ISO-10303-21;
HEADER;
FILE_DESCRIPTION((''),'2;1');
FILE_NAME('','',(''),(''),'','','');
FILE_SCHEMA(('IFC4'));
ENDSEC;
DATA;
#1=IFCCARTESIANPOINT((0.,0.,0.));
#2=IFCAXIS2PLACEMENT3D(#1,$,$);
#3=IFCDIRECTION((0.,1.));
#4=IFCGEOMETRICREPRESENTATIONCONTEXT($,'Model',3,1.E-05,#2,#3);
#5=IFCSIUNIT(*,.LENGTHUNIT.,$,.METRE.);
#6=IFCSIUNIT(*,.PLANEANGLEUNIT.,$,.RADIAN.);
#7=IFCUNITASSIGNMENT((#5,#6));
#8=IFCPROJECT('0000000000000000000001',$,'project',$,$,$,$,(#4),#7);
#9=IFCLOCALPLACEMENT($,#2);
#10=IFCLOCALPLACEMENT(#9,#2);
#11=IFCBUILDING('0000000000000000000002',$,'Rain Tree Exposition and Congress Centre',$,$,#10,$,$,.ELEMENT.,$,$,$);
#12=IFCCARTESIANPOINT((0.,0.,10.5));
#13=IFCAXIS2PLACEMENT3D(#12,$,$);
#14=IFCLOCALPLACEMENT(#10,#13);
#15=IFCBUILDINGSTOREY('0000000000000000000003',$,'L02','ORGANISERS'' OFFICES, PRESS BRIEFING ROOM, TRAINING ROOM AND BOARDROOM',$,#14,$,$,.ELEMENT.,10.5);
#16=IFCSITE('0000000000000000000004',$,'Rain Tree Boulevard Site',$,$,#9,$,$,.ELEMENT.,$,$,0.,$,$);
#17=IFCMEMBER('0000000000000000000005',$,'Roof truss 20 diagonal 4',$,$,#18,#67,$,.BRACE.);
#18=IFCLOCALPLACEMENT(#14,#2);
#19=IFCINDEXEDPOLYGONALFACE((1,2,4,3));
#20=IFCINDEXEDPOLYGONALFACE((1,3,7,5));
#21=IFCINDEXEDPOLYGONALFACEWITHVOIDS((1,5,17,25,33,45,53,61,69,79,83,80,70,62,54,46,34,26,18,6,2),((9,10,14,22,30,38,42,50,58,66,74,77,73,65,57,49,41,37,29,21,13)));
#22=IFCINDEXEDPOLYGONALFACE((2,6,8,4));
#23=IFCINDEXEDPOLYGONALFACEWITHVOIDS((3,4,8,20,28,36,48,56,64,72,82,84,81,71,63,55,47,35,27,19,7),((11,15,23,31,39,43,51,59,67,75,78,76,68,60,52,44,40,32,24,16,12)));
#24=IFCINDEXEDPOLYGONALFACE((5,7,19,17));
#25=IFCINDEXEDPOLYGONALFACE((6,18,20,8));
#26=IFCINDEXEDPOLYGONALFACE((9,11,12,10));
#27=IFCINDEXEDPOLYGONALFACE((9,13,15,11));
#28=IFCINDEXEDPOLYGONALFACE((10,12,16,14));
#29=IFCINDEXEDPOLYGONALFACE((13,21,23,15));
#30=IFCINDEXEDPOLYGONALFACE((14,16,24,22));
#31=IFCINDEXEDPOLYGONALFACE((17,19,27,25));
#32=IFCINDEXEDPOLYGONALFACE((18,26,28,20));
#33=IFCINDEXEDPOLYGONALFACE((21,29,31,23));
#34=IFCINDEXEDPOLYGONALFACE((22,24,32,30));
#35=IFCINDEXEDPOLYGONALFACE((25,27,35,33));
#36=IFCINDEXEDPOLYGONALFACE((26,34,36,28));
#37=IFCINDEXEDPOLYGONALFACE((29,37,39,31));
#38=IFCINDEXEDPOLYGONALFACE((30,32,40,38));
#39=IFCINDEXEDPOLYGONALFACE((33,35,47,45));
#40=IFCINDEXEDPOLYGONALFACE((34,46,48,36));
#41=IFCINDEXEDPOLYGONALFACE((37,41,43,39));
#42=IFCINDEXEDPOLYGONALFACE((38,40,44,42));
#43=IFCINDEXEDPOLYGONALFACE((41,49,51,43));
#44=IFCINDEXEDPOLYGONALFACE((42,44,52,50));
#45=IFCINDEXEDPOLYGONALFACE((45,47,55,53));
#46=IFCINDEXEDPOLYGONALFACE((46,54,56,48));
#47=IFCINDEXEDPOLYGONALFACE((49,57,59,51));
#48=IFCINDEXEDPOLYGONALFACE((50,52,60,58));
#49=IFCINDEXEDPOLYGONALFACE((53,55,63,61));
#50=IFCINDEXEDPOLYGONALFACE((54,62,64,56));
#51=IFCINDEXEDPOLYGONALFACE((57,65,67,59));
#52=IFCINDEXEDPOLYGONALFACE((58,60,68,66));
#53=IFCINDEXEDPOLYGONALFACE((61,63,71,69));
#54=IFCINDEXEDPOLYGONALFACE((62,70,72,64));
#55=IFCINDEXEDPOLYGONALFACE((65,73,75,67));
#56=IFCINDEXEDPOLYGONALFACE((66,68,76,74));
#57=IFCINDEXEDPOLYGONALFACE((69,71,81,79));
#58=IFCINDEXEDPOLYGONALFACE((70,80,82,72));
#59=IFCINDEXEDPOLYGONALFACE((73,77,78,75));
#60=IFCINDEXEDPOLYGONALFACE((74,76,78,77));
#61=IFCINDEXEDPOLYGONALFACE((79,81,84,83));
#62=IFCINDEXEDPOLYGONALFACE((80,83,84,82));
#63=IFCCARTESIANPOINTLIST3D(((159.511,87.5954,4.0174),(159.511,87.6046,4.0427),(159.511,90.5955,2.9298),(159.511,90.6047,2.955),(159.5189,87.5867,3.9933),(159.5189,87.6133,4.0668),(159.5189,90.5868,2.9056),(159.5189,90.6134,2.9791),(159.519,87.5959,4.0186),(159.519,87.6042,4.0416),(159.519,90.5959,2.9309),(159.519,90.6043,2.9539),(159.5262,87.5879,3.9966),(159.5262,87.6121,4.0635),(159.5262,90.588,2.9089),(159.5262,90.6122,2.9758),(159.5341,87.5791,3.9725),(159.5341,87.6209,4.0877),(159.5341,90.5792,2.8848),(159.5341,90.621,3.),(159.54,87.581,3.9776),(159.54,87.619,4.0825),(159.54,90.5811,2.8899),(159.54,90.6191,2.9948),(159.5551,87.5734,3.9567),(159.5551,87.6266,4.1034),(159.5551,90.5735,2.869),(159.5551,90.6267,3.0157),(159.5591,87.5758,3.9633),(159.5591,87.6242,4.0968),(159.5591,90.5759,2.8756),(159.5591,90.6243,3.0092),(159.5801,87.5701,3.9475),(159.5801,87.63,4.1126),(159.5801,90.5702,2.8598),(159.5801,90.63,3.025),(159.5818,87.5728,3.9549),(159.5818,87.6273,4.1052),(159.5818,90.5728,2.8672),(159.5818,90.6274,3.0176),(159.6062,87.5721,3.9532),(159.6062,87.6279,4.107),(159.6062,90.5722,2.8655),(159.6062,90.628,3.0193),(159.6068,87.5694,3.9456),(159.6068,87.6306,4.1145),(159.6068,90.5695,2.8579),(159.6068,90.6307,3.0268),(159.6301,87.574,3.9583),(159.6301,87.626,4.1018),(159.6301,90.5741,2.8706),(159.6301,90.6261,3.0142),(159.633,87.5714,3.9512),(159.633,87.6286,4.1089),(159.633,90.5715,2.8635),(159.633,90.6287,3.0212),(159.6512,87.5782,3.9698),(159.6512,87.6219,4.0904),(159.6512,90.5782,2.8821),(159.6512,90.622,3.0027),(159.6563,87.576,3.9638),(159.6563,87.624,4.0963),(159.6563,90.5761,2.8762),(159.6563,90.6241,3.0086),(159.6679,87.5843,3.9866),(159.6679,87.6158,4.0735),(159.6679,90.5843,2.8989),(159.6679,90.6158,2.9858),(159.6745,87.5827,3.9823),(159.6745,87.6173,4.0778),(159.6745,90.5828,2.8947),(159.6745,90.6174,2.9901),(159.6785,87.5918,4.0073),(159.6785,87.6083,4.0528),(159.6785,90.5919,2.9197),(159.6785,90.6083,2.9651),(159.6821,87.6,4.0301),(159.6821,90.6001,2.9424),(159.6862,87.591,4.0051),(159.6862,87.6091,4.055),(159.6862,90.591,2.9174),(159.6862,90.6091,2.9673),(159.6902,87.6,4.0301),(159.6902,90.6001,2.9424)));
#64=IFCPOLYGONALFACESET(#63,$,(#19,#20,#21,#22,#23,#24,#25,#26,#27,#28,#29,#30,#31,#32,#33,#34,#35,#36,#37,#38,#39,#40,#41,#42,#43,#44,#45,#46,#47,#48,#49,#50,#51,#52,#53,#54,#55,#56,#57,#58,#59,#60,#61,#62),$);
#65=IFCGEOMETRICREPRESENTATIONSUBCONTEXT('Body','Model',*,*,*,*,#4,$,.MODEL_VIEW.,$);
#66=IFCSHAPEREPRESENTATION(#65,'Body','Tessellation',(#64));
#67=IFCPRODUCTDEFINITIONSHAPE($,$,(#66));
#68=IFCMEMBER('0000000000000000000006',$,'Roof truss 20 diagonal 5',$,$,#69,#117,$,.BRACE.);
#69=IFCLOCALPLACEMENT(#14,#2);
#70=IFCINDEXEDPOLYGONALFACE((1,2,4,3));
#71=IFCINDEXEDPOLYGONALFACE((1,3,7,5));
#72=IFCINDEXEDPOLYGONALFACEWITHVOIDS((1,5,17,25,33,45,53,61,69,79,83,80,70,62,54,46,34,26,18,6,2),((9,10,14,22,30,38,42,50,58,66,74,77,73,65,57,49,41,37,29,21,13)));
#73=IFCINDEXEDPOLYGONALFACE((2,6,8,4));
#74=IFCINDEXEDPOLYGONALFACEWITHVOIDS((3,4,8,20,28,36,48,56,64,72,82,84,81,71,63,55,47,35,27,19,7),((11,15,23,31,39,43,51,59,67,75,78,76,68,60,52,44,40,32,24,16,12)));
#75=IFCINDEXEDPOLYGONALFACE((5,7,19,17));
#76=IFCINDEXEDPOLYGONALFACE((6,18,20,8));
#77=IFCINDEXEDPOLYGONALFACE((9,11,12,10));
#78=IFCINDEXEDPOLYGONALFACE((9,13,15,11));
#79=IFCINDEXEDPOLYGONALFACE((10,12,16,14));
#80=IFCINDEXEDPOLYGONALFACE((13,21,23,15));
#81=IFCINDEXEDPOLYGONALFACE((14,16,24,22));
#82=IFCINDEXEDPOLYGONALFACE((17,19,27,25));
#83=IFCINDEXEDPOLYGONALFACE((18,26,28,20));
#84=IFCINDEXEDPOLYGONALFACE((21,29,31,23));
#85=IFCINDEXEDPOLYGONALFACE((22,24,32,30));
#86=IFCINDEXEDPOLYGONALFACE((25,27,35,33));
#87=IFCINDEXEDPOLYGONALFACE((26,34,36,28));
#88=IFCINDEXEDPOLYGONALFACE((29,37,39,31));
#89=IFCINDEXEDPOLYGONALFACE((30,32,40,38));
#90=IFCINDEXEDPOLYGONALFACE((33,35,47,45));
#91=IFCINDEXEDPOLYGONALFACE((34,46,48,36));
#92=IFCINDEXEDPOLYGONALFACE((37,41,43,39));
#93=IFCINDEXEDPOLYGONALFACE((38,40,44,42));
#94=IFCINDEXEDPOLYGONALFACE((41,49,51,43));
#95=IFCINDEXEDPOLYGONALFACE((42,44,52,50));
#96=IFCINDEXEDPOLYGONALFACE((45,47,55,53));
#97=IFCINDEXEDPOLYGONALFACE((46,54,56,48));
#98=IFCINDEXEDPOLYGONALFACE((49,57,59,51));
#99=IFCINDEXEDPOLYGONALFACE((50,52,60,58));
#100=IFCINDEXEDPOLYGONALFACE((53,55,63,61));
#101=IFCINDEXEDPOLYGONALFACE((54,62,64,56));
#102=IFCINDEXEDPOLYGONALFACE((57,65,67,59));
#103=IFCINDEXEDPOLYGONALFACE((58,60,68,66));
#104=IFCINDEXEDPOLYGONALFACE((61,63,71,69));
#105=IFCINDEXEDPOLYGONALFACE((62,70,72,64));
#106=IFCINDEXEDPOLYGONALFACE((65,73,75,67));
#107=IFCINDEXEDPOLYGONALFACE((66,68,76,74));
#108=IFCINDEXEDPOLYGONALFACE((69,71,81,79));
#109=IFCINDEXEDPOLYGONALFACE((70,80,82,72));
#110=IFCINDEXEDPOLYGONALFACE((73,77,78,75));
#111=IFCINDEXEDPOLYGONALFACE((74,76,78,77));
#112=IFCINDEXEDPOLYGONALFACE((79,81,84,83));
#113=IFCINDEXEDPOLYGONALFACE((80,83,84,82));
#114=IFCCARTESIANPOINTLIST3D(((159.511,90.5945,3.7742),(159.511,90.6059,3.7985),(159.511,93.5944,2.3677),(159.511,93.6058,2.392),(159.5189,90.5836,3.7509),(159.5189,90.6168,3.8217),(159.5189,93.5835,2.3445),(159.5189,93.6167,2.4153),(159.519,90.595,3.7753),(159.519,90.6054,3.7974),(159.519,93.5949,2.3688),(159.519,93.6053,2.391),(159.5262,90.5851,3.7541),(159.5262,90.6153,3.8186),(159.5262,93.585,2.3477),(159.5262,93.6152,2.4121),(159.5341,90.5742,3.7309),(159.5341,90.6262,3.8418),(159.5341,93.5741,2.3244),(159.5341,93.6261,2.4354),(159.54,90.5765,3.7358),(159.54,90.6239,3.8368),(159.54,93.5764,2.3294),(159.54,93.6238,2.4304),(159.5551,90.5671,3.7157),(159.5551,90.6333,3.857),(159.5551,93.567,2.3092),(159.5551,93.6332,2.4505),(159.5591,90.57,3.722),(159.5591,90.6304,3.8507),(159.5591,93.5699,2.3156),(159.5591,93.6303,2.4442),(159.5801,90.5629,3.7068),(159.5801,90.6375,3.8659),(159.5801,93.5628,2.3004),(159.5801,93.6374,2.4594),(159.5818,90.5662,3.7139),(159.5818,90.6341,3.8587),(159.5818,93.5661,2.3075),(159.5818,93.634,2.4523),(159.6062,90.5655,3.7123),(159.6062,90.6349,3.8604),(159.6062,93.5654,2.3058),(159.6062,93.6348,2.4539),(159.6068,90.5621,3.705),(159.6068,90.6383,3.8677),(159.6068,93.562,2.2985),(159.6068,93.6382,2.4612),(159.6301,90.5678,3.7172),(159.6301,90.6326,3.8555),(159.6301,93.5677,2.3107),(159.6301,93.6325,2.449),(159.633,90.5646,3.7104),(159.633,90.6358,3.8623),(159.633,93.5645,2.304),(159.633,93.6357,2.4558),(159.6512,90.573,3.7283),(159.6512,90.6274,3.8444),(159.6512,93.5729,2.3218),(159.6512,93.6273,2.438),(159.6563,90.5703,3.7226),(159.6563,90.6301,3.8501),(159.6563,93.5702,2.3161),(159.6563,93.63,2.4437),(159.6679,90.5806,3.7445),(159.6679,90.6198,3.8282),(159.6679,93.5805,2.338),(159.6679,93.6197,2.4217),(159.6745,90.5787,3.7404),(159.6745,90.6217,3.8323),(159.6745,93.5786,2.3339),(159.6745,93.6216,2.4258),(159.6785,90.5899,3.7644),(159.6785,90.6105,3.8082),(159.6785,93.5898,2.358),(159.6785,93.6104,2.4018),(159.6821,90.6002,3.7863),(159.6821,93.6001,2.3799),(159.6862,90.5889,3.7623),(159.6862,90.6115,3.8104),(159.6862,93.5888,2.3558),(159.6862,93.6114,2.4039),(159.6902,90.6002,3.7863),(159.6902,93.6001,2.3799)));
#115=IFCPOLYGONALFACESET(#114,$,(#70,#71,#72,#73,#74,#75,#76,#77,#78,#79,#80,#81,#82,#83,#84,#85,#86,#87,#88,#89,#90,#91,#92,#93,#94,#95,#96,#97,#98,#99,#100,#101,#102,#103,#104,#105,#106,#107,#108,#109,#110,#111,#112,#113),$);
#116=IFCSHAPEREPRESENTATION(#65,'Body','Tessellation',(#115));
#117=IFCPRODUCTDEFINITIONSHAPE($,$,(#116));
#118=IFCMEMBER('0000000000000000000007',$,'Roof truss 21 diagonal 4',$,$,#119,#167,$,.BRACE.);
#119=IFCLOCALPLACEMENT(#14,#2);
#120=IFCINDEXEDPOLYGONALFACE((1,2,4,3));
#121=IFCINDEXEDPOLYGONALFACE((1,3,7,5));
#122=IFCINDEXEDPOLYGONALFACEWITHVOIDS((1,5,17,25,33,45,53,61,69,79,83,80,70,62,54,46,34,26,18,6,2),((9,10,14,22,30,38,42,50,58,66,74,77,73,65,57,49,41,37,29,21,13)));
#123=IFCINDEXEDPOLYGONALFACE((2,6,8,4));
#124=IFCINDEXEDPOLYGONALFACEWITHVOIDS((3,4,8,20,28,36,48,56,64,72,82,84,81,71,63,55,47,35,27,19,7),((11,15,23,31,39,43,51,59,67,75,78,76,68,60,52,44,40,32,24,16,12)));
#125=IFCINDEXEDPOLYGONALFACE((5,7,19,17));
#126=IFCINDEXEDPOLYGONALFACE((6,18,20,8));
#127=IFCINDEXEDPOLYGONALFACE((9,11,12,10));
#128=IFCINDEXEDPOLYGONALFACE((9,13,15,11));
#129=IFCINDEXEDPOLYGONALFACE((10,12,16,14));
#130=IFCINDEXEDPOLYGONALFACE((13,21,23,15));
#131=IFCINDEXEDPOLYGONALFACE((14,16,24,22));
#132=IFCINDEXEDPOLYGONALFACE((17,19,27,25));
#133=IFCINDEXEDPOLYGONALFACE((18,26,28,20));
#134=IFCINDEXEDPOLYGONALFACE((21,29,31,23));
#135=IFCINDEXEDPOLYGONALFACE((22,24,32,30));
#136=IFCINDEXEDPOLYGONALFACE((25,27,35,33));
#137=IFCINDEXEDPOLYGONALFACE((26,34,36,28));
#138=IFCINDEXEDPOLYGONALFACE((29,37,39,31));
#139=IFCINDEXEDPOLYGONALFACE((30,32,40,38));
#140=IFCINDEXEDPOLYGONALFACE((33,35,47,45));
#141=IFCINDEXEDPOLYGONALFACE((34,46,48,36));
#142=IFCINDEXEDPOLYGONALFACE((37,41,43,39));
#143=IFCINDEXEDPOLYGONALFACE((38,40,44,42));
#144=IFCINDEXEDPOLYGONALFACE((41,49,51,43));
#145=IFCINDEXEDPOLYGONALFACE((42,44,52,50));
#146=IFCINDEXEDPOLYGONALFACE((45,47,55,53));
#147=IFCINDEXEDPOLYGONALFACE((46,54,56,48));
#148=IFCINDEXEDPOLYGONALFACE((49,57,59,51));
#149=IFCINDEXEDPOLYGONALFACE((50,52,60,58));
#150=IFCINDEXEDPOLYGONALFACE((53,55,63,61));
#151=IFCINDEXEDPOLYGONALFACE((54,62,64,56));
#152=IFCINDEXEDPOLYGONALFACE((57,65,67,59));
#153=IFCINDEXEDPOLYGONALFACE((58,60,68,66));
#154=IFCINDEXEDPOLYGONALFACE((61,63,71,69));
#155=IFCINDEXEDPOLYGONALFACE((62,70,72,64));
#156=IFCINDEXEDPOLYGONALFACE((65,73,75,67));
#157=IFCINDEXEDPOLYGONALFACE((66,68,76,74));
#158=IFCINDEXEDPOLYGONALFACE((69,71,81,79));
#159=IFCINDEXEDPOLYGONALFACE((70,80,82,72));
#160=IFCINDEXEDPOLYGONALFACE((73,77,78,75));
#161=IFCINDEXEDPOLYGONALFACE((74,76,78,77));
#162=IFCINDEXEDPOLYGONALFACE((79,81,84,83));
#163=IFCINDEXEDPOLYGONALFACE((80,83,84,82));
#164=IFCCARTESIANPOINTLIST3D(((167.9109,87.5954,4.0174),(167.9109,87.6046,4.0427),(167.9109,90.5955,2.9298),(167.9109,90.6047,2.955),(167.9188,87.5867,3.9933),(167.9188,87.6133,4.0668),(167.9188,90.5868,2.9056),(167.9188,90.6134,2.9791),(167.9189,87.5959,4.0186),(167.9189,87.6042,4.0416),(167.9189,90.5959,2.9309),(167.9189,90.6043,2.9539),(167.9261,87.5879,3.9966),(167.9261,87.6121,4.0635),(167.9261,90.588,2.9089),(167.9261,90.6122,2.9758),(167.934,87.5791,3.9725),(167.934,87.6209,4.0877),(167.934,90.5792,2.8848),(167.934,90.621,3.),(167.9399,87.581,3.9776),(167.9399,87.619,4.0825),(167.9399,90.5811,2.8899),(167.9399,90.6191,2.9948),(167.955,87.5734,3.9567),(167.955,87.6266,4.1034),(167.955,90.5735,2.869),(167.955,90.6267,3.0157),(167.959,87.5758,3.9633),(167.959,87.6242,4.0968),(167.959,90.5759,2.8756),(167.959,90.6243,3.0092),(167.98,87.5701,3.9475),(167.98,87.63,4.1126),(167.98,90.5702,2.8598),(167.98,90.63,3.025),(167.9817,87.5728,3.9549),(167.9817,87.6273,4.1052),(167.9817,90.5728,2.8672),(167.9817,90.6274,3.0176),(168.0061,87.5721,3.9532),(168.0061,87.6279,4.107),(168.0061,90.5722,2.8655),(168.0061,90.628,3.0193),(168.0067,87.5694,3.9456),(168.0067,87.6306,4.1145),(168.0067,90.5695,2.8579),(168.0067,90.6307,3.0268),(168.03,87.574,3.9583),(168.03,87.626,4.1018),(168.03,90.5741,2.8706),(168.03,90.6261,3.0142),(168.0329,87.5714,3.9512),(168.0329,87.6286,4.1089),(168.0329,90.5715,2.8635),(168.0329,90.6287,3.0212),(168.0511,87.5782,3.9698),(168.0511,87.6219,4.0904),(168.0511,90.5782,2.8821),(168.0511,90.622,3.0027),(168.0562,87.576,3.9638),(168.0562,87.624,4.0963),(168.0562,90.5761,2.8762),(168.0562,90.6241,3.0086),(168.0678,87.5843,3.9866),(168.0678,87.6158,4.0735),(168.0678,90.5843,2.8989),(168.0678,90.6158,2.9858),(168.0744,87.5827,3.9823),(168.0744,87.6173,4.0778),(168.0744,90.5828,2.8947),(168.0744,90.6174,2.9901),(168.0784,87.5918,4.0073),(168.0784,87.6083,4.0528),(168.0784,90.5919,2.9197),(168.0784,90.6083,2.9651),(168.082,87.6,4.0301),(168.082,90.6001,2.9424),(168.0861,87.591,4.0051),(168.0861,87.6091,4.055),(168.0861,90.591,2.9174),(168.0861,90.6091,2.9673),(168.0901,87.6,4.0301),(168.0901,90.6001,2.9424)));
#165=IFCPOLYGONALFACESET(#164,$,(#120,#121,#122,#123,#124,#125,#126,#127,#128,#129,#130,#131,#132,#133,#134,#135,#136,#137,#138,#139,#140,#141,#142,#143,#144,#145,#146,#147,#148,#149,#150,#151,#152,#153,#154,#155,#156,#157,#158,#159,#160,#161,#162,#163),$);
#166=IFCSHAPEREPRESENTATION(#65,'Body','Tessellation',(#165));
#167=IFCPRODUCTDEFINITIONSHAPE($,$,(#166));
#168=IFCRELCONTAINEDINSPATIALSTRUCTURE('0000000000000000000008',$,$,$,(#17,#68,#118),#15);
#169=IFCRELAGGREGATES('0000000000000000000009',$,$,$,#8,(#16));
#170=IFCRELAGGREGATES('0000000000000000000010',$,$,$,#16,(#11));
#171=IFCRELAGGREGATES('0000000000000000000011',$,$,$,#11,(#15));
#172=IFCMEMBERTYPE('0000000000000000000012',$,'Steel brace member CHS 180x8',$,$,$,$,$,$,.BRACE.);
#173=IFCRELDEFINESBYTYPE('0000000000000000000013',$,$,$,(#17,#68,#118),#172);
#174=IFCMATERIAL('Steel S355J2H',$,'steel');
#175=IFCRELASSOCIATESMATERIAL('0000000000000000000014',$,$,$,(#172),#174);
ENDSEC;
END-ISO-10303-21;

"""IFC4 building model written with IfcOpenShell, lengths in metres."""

from ifc_helpers import new_model, si_unit, direction, frame, origin, origin_2d, place, context, subcontext, project, spatial, hollow_circle, extrude, material, material_profile, profile_set, type_object, element, save


model = new_model("IFC4")

# Units and contexts
model_context = context("Model", 3, precision=1e-05, world=origin(), true_north=direction((0.0, 1.0)))
body_context = subcontext(model_context, "Body", "Model", "MODEL_VIEW")
ifc_project = project(units=[si_unit("LENGTHUNIT", "METRE"), si_unit("PLANEANGLEUNIT", "RADIAN")], contexts=[model_context])

# Site, building, storey
site_placement = place(None, origin())
site = spatial("IfcSite", under=ifc_project, at=site_placement, Name="Rain Tree Boulevard Site", CompositionType="ELEMENT", RefElevation=0.0)
building_placement = place(site_placement, origin())
building = spatial("IfcBuilding", under=site, at=building_placement, Name="Rain Tree Exposition and Congress Centre", CompositionType="ELEMENT")
storey_placement = place(building_placement, frame((0.0, 0.0, 10.5)))
storey = spatial("IfcBuildingStorey", under=building, at=storey_placement, Name="L02", Description="ORGANISERS' OFFICES, PRESS BRIEFING ROOM, TRAINING ROOM AND BOARDROOM", CompositionType="ELEMENT", Elevation=10.5)

# Members
ifc_material_1 = material(Name="Steel S355J2H", Category="steel")
ifc_material_profile_1 = material_profile(ifc_material_1, hollow_circle(Radius=0.0901, WallThickness=0.0081, at=origin_2d()), Name="CHS 180x8")
ifc_profile_set_1 = profile_set([ifc_material_profile_1], Name="Steel S355J2H")
member_type_1 = type_object("IfcMemberType", Name="Steel brace member CHS 180x8", PredefinedType="BRACE", material=ifc_profile_set_1)
member_1_placement = place(storey_placement, frame((159.6001, 90.6001, 2.9424), z_axis=(0.0, -0.940121, 0.34084), x_axis=(1.0, 0.0, 0.0)))
element("IfcMember", 1, at=member_1_placement, inside=storey, type_object=member_type_1, Name="Roof truss 20 diagonal 4", PredefinedType="BRACE", context=body_context, shape_type="SweptSolid", body=[
    extrude(hollow_circle(Radius=0.0901, WallThickness=0.0081, at=origin_2d()), origin(), (0.0, 0.0, 1.0), 3.1912),
])
member_2_placement = place(storey_placement, frame((159.6001, 93.6001, 2.3799), z_axis=(0.0, -0.905431, 0.424494), x_axis=(1.0, 0.0, 0.0)))
element("IfcMember", 2, at=member_2_placement, inside=storey, type_object=member_type_1, Name="Roof truss 20 diagonal 5", PredefinedType="BRACE", context=body_context, shape_type="SweptSolid", body=[
    extrude(hollow_circle(Radius=0.0901, WallThickness=0.0081, at=origin_2d()), origin(), (0.0, 0.0, 1.0), 3.3132),
])
member_3_placement = place(storey_placement, frame((168.0, 90.6001, 2.9424), z_axis=(0.0, -0.940121, 0.34084), x_axis=(1.0, 0.0, 0.0)))
element("IfcMember", 3, at=member_3_placement, inside=storey, type_object=member_type_1, Name="Roof truss 21 diagonal 4", PredefinedType="BRACE", context=body_context, shape_type="SweptSolid", body=[
    extrude(hollow_circle(Radius=0.0901, WallThickness=0.0081, at=origin_2d()), origin(), (0.0, 0.0, 1.0), 3.1912),
])

save(model, "model.ifc")
